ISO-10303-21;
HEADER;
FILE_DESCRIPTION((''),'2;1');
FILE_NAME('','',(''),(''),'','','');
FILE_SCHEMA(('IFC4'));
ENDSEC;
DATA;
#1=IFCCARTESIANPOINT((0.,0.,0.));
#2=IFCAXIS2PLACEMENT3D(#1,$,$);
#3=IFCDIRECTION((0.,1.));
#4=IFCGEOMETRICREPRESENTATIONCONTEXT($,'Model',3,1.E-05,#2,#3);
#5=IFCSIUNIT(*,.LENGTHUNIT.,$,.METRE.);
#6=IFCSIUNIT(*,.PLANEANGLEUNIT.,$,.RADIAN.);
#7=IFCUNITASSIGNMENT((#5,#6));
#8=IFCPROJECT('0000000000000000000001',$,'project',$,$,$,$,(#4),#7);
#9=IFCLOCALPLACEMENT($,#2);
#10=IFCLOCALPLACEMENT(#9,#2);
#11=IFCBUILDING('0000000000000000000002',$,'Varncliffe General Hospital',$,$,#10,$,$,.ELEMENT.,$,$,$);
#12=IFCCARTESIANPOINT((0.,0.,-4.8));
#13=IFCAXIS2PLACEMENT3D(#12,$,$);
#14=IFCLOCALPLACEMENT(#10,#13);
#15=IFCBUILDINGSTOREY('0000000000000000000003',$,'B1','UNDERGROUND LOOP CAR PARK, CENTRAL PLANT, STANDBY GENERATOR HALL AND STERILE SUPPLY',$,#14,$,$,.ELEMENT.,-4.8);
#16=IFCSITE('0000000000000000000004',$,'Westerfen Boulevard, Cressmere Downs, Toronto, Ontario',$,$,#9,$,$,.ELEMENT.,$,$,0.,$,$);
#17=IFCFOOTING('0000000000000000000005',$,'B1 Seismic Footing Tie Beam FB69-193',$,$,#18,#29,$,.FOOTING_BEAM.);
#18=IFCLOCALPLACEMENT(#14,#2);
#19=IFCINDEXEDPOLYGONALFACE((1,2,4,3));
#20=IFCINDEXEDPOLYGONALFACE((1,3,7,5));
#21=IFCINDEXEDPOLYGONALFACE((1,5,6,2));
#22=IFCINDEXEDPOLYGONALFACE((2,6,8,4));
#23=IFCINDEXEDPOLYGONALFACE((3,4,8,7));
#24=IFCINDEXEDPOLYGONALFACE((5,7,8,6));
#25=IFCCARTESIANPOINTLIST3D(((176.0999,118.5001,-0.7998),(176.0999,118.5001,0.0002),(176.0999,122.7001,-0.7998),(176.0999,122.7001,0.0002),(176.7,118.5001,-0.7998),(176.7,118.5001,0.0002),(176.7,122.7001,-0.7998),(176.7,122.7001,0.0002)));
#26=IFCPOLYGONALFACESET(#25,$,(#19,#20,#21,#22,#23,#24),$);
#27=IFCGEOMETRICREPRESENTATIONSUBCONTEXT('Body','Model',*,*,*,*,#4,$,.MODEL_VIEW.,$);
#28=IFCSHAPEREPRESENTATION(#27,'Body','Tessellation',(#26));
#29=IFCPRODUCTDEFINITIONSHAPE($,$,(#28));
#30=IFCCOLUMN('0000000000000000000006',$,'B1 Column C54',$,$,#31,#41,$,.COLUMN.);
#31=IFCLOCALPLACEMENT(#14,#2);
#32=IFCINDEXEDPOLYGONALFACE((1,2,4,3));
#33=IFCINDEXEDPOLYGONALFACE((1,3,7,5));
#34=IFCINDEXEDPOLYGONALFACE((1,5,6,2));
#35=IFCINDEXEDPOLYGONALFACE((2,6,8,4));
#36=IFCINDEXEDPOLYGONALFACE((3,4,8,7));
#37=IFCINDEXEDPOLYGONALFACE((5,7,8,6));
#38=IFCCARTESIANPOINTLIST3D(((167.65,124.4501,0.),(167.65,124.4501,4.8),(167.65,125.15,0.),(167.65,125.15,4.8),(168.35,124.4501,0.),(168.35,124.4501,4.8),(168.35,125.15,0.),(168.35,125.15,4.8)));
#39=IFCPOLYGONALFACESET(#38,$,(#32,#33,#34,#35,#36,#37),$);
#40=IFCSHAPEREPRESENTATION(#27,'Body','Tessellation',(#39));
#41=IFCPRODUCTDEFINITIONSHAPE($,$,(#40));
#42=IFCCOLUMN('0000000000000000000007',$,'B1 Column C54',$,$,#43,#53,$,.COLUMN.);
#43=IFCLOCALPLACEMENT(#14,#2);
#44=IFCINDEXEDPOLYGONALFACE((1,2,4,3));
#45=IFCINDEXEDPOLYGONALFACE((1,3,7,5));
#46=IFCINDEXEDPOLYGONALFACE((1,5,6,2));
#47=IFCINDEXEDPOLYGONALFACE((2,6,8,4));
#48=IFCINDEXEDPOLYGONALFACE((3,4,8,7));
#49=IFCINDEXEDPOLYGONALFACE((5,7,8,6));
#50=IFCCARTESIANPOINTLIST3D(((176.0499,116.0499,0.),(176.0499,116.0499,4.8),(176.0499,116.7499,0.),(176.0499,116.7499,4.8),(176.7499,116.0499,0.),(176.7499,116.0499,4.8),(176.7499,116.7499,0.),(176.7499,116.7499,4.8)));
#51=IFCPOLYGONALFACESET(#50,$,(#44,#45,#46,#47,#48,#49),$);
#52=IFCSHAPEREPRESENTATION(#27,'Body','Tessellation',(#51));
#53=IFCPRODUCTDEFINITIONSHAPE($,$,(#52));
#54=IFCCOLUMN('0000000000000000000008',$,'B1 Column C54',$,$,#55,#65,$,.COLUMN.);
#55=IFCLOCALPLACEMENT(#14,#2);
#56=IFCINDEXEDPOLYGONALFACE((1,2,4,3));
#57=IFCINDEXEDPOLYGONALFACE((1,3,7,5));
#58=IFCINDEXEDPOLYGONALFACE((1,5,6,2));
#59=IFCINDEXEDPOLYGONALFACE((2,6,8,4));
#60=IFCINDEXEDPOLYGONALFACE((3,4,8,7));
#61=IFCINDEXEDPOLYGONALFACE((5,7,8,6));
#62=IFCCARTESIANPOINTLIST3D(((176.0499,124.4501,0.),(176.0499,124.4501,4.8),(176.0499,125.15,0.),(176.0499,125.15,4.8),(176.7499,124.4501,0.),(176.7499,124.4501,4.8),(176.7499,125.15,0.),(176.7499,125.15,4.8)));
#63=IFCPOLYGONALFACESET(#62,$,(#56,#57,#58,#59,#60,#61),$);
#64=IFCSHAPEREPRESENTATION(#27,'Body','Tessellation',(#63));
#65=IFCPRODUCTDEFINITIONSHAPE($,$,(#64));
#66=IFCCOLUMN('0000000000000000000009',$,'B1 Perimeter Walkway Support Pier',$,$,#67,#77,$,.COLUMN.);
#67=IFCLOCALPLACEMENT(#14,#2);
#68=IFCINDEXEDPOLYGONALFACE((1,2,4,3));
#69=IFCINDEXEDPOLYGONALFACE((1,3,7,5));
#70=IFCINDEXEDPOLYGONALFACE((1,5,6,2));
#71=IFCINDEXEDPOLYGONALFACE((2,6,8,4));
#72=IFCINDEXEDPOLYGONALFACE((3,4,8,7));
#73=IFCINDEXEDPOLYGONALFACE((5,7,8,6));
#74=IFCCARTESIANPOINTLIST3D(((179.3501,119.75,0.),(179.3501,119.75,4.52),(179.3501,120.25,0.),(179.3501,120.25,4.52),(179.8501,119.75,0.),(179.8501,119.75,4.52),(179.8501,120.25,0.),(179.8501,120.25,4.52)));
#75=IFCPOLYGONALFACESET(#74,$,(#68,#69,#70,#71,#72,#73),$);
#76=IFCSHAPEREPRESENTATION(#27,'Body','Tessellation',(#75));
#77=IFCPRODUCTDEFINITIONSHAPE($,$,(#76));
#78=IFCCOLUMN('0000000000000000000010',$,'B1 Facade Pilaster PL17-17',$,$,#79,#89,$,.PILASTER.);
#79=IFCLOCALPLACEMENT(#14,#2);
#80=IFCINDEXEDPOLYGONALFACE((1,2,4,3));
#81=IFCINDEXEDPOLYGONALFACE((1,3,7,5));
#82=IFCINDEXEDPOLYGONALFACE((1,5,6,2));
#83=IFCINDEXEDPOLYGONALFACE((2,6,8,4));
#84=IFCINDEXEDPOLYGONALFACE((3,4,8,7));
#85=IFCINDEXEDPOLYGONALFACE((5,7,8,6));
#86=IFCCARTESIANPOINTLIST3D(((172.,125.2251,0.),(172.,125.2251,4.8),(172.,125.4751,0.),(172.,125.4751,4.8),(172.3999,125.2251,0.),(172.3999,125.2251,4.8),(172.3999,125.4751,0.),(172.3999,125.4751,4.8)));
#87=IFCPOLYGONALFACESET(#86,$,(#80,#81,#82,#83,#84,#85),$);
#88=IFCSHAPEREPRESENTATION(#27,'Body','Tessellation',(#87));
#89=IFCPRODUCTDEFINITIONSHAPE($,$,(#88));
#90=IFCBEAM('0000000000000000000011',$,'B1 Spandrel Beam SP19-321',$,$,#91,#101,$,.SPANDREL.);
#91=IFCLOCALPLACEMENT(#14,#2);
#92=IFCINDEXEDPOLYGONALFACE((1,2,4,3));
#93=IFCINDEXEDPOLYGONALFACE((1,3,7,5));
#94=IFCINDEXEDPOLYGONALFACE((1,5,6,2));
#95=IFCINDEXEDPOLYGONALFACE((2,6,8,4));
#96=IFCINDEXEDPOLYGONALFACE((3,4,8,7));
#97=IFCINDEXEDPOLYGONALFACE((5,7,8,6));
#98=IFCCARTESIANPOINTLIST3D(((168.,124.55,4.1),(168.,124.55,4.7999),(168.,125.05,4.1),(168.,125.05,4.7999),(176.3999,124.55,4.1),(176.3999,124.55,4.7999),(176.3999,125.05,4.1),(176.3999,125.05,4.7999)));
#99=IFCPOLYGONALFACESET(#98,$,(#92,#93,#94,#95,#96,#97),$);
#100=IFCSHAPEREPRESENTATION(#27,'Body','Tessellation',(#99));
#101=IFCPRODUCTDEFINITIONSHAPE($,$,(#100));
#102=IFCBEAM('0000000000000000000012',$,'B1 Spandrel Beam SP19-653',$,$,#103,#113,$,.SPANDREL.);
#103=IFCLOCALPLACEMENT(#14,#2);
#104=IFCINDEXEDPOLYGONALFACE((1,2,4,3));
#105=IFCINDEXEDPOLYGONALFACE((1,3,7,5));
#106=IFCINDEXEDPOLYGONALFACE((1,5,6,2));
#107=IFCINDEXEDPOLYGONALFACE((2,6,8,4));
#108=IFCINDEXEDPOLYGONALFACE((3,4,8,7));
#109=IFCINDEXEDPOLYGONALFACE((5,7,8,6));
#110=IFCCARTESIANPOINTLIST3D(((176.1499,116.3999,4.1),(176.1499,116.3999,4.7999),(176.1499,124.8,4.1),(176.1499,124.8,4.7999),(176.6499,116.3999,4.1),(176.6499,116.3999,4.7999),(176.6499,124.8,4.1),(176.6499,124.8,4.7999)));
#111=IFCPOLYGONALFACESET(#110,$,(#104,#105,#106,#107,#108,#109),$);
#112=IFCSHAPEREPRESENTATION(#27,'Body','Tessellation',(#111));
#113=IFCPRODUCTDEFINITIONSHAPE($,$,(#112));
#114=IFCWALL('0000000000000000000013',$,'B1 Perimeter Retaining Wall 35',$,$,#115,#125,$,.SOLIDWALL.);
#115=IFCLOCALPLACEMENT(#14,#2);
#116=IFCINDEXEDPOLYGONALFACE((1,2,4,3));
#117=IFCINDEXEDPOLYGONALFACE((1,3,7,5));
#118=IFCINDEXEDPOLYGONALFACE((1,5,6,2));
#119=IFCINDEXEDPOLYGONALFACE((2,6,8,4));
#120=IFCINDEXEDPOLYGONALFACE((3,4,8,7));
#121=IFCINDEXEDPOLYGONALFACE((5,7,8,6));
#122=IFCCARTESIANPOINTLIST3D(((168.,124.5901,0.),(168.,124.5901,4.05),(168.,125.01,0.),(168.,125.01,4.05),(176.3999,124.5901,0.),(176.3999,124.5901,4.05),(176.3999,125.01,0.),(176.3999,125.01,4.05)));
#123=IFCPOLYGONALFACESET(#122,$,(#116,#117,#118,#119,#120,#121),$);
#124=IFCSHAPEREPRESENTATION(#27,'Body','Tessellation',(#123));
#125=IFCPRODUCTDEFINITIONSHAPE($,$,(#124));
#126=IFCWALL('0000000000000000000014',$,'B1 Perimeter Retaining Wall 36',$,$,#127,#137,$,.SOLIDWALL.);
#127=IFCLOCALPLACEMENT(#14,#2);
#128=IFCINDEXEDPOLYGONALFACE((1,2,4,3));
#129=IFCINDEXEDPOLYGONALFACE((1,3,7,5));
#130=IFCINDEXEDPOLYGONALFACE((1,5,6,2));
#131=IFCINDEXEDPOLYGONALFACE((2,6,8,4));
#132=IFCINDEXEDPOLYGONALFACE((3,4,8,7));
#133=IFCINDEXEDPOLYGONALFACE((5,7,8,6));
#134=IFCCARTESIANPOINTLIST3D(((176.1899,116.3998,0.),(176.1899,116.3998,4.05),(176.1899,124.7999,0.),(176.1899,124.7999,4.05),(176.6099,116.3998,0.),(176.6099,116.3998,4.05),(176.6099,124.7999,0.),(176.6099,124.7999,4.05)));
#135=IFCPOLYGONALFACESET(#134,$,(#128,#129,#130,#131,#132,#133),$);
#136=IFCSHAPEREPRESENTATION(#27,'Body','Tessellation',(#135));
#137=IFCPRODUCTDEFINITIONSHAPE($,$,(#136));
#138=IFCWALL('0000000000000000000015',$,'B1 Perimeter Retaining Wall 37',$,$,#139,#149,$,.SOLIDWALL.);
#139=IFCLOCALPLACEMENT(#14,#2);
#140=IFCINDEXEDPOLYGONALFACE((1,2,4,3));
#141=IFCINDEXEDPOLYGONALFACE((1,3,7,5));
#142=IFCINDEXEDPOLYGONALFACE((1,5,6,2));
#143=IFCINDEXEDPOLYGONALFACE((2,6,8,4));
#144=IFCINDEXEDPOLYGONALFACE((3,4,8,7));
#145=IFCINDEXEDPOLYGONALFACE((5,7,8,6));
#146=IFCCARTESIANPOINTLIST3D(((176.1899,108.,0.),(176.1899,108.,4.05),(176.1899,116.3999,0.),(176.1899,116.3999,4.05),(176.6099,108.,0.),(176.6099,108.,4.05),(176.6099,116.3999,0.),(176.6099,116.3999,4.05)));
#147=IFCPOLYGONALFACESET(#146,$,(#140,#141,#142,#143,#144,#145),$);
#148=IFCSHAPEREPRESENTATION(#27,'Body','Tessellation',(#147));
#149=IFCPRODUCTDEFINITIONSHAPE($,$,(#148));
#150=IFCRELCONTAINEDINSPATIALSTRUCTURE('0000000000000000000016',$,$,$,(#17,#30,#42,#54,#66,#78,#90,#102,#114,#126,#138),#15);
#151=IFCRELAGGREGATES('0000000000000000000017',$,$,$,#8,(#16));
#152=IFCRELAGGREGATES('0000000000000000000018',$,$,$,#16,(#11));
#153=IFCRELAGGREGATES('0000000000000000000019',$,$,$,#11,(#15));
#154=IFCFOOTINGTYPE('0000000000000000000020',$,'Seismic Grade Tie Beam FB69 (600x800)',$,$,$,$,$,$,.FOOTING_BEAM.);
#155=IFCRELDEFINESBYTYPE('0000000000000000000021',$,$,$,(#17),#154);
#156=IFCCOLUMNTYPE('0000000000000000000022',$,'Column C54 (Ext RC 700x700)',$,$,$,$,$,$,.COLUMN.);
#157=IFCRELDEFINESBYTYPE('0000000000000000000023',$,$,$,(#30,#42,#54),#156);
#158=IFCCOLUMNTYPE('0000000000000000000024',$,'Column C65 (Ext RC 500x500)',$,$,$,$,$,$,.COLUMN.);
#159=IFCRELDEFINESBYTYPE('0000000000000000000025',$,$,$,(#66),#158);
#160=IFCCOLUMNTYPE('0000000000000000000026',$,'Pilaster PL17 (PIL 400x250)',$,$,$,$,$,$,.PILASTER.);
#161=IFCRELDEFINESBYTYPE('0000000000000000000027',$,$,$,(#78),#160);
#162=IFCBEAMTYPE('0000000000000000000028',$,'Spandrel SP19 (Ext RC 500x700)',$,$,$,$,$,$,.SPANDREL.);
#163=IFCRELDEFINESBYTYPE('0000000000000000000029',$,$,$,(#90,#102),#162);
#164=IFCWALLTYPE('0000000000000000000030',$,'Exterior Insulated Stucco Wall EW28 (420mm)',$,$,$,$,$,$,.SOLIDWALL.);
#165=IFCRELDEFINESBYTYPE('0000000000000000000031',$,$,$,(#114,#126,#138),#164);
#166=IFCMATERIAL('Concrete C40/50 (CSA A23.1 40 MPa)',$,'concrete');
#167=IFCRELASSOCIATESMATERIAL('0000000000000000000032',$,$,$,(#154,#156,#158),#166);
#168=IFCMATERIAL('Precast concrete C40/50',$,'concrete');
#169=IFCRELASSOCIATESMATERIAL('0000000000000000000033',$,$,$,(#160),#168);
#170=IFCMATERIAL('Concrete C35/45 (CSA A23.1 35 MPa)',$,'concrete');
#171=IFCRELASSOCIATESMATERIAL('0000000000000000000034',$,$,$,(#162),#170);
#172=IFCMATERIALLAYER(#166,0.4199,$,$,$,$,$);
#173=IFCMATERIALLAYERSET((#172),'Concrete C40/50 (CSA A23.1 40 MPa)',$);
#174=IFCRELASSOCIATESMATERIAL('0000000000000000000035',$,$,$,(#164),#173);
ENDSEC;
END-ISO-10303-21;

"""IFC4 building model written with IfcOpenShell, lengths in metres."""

from ifc_helpers import new_model, si_unit, direction, frame, frame_2d, origin, origin_2d, place, context, subcontext, project, spatial, rectangle, extrude, material, layer, layer_set, material_profile, profile_set, type_object, element, save


model = new_model("IFC4")

# Units and contexts
model_context = context("Model", 3, precision=1e-05, world=origin(), true_north=direction((0.0, 1.0)))
body_context = subcontext(model_context, "Body", "Model", "MODEL_VIEW")
ifc_project = project(units=[si_unit("LENGTHUNIT", "METRE"), si_unit("PLANEANGLEUNIT", "RADIAN")], contexts=[model_context])

# Site, building, storey
site_placement = place(None, origin())
site = spatial("IfcSite", under=ifc_project, at=site_placement, Name="Westerfen Boulevard, Cressmere Downs, Toronto, Ontario", CompositionType="ELEMENT", RefElevation=0.0)
building_placement = place(site_placement, origin())
building = spatial("IfcBuilding", under=site, at=building_placement, Name="Varncliffe General Hospital", CompositionType="ELEMENT")
storey_placement = place(building_placement, frame((0.0, 0.0, -4.8)))
storey = spatial("IfcBuildingStorey", under=building, at=storey_placement, Name="B1", Description="UNDERGROUND LOOP CAR PARK, CENTRAL PLANT, STANDBY GENERATOR HALL AND STERILE SUPPLY", CompositionType="ELEMENT", Elevation=-4.8)

# Shared definitions
ifc_material_1 = material(Name="Concrete C40/50 (CSA A23.1 40 MPa)", Category="concrete")

# Footing
footing_type_1 = type_object("IfcFootingType", Name="Seismic Grade Tie Beam FB69 (600x800)", PredefinedType="FOOTING_BEAM", material=ifc_material_1)
footing_placement = place(storey_placement, frame((176.3999, 120.6001, -0.7998), z_axis=(0.0, 0.0, 1.0), x_axis=(1.0, 0.0, 0.0)))
element("IfcFooting", 1, at=footing_placement, inside=storey, type_object=footing_type_1, Name="B1 Seismic Footing Tie Beam FB69-193", PredefinedType="FOOTING_BEAM", context=body_context, shape_type="SweptSolid", body=[
    extrude(rectangle(XDim=0.6001, YDim=4.2, at=origin_2d()), origin(), (0.0, 0.0, 1.0), 0.8),
])

# Columns
ifc_material_profile_1 = material_profile(ifc_material_1, rectangle(XDim=0.7, YDim=0.7, at=origin_2d()), Name="RC 700x700")
ifc_profile_set_1 = profile_set([ifc_material_profile_1], Name="Concrete C40/50 (CSA A23.1 40 MPa)")
column_type_1 = type_object("IfcColumnType", Name="Column C54 (Ext RC 700x700)", PredefinedType="COLUMN", material=ifc_profile_set_1)
for number, where, z_axis, x_axis, name in (
    (2, (168.0, 124.8, 0.0), (0.0, 0.0, 1.0), (1.0, 0.0, 0.0), "B1 Column C54"),
    (3, (176.3999, 116.3999, 0.0), (0.0, 0.0, 1.0), (1.0, 0.0, 0.0), "B1 Column C54"),
    (4, (176.3999, 124.8, 0.0), (0.0, 0.0, 1.0), (1.0, 0.0, 0.0), "B1 Column C54"),
):
    element("IfcColumn", number, at=place(storey_placement, frame(where, z_axis=z_axis, x_axis=x_axis)), inside=storey, type_object=column_type_1, Name=name, PredefinedType="COLUMN", context=body_context, shape_type="SweptSolid", body=[
        extrude(rectangle(XDim=0.7, YDim=0.7, at=origin_2d()), origin(), (0.0, 0.0, 1.0), 4.8),
    ])
ifc_material_profile_2 = material_profile(ifc_material_1, rectangle(XDim=0.5, YDim=0.5, at=origin_2d()), Name="RC 500x500")
ifc_profile_set_2 = profile_set([ifc_material_profile_2], Name="Concrete C40/50 (CSA A23.1 40 MPa)")
column_type_2 = type_object("IfcColumnType", Name="Column C65 (Ext RC 500x500)", PredefinedType="COLUMN", material=ifc_profile_set_2)
column_1_placement = place(storey_placement, frame((179.6001, 120.0, 0.0), z_axis=(0.0, 0.0, 1.0), x_axis=(1.0, 0.0, 0.0)))
element("IfcColumn", 5, at=column_1_placement, inside=storey, type_object=column_type_2, Name="B1 Perimeter Walkway Support Pier", PredefinedType="COLUMN", context=body_context, shape_type="SweptSolid", body=[
    extrude(rectangle(XDim=0.5, YDim=0.5, at=origin_2d()), origin(), (0.0, 0.0, 1.0), 4.52),
])
ifc_material_2 = material(Name="Precast concrete C40/50", Category="concrete")
ifc_material_profile_3 = material_profile(ifc_material_2, rectangle(XDim=0.3999, YDim=0.25, at=origin_2d()), Name="PIL 400x250")
ifc_profile_set_3 = profile_set([ifc_material_profile_3], Name="Precast concrete C40/50")
column_type_3 = type_object("IfcColumnType", Name="Pilaster PL17 (PIL 400x250)", PredefinedType="PILASTER", material=ifc_profile_set_3)
column_2_placement = place(storey_placement, frame((172.2, 125.3501, 0.0), z_axis=(0.0, 0.0, 1.0), x_axis=(1.0, 0.0, 0.0)))
element("IfcColumn", 6, at=column_2_placement, inside=storey, type_object=column_type_3, Name="B1 Facade Pilaster PL17-17", PredefinedType="PILASTER", context=body_context, shape_type="SweptSolid", body=[
    extrude(rectangle(XDim=0.3999, YDim=0.25, at=origin_2d()), origin(), (0.0, 0.0, 1.0), 4.8),
])

# Beams
ifc_material_3 = material(Name="Concrete C35/45 (CSA A23.1 35 MPa)", Category="concrete")
ifc_material_profile_4 = material_profile(ifc_material_3, rectangle(XDim=0.5, YDim=0.7, at=origin_2d()), Name="RC 500x700")
ifc_profile_set_4 = profile_set([ifc_material_profile_4], Name="Concrete C35/45 (CSA A23.1 35 MPa)")
beam_type = type_object("IfcBeamType", Name="Spandrel SP19 (Ext RC 500x700)", PredefinedType="SPANDREL", material=ifc_profile_set_4)
beam_1_placement = place(storey_placement, frame((168.0, 124.8, 4.45), z_axis=(1.0, 0.0, 0.0), x_axis=(0.0, 1.0, 0.0)))
element("IfcBeam", 7, at=beam_1_placement, inside=storey, type_object=beam_type, Name="B1 Spandrel Beam SP19-321", PredefinedType="SPANDREL", context=body_context, shape_type="SweptSolid", body=[
    extrude(rectangle(XDim=0.5, YDim=0.7, at=origin_2d()), origin(), (0.0, 0.0, 1.0), 8.3999),
])
beam_2_placement = place(storey_placement, frame((176.3999, 116.3999, 4.45), z_axis=(0.0, 1.0, 0.0), x_axis=(-1.0, 0.0, 0.0)))
element("IfcBeam", 8, at=beam_2_placement, inside=storey, type_object=beam_type, Name="B1 Spandrel Beam SP19-653", PredefinedType="SPANDREL", context=body_context, shape_type="SweptSolid", body=[
    extrude(rectangle(XDim=0.5, YDim=0.7, at=origin_2d()), origin(), (0.0, 0.0, 1.0), 8.4001),
])

# Walls
ifc_layer = layer(ifc_material_1, 0.4199)
ifc_layer_set = layer_set([ifc_layer], Name="Concrete C40/50 (CSA A23.1 40 MPa)")
wall_type = type_object("IfcWallType", Name="Exterior Insulated Stucco Wall EW28 (420mm)", PredefinedType="SOLIDWALL", material=ifc_layer_set)
wall_1_placement = place(storey_placement, frame((168.0, 124.8, 0.0), z_axis=(0.0, 0.0, 1.0), x_axis=(1.0, 0.0, 0.0)))
element("IfcWall", 9, at=wall_1_placement, inside=storey, type_object=wall_type, Name="B1 Perimeter Retaining Wall 35", PredefinedType="SOLIDWALL", context=body_context, shape_type="SweptSolid", body=[
    extrude(rectangle(XDim=8.3999, YDim=0.4199, at=frame_2d((4.2, 0.0))), origin(), (0.0, 0.0, 1.0), 4.05),
])
wall_2_placement = place(storey_placement, frame((176.3999, 124.8, 0.0), z_axis=(0.0, 0.0, 1.0), x_axis=(0.0, -1.0, 0.0)))
element("IfcWall", 10, at=wall_2_placement, inside=storey, type_object=wall_type, Name="B1 Perimeter Retaining Wall 36", PredefinedType="SOLIDWALL", context=body_context, shape_type="SweptSolid", body=[
    extrude(rectangle(XDim=8.4001, YDim=0.4199, at=frame_2d((4.2002, 0.0))), origin(), (0.0, 0.0, 1.0), 4.05),
])
wall_3_placement = place(storey_placement, frame((176.3999, 116.3999, 0.0), z_axis=(0.0, 0.0, 1.0), x_axis=(0.0, -1.0, 0.0)))
element("IfcWall", 11, at=wall_3_placement, inside=storey, type_object=wall_type, Name="B1 Perimeter Retaining Wall 37", PredefinedType="SOLIDWALL", context=body_context, shape_type="SweptSolid", body=[
    extrude(rectangle(XDim=8.3999, YDim=0.4199, at=frame_2d((4.2, 0.0))), origin(), (0.0, 0.0, 1.0), 4.05),
])

save(model, "model.ifc")
